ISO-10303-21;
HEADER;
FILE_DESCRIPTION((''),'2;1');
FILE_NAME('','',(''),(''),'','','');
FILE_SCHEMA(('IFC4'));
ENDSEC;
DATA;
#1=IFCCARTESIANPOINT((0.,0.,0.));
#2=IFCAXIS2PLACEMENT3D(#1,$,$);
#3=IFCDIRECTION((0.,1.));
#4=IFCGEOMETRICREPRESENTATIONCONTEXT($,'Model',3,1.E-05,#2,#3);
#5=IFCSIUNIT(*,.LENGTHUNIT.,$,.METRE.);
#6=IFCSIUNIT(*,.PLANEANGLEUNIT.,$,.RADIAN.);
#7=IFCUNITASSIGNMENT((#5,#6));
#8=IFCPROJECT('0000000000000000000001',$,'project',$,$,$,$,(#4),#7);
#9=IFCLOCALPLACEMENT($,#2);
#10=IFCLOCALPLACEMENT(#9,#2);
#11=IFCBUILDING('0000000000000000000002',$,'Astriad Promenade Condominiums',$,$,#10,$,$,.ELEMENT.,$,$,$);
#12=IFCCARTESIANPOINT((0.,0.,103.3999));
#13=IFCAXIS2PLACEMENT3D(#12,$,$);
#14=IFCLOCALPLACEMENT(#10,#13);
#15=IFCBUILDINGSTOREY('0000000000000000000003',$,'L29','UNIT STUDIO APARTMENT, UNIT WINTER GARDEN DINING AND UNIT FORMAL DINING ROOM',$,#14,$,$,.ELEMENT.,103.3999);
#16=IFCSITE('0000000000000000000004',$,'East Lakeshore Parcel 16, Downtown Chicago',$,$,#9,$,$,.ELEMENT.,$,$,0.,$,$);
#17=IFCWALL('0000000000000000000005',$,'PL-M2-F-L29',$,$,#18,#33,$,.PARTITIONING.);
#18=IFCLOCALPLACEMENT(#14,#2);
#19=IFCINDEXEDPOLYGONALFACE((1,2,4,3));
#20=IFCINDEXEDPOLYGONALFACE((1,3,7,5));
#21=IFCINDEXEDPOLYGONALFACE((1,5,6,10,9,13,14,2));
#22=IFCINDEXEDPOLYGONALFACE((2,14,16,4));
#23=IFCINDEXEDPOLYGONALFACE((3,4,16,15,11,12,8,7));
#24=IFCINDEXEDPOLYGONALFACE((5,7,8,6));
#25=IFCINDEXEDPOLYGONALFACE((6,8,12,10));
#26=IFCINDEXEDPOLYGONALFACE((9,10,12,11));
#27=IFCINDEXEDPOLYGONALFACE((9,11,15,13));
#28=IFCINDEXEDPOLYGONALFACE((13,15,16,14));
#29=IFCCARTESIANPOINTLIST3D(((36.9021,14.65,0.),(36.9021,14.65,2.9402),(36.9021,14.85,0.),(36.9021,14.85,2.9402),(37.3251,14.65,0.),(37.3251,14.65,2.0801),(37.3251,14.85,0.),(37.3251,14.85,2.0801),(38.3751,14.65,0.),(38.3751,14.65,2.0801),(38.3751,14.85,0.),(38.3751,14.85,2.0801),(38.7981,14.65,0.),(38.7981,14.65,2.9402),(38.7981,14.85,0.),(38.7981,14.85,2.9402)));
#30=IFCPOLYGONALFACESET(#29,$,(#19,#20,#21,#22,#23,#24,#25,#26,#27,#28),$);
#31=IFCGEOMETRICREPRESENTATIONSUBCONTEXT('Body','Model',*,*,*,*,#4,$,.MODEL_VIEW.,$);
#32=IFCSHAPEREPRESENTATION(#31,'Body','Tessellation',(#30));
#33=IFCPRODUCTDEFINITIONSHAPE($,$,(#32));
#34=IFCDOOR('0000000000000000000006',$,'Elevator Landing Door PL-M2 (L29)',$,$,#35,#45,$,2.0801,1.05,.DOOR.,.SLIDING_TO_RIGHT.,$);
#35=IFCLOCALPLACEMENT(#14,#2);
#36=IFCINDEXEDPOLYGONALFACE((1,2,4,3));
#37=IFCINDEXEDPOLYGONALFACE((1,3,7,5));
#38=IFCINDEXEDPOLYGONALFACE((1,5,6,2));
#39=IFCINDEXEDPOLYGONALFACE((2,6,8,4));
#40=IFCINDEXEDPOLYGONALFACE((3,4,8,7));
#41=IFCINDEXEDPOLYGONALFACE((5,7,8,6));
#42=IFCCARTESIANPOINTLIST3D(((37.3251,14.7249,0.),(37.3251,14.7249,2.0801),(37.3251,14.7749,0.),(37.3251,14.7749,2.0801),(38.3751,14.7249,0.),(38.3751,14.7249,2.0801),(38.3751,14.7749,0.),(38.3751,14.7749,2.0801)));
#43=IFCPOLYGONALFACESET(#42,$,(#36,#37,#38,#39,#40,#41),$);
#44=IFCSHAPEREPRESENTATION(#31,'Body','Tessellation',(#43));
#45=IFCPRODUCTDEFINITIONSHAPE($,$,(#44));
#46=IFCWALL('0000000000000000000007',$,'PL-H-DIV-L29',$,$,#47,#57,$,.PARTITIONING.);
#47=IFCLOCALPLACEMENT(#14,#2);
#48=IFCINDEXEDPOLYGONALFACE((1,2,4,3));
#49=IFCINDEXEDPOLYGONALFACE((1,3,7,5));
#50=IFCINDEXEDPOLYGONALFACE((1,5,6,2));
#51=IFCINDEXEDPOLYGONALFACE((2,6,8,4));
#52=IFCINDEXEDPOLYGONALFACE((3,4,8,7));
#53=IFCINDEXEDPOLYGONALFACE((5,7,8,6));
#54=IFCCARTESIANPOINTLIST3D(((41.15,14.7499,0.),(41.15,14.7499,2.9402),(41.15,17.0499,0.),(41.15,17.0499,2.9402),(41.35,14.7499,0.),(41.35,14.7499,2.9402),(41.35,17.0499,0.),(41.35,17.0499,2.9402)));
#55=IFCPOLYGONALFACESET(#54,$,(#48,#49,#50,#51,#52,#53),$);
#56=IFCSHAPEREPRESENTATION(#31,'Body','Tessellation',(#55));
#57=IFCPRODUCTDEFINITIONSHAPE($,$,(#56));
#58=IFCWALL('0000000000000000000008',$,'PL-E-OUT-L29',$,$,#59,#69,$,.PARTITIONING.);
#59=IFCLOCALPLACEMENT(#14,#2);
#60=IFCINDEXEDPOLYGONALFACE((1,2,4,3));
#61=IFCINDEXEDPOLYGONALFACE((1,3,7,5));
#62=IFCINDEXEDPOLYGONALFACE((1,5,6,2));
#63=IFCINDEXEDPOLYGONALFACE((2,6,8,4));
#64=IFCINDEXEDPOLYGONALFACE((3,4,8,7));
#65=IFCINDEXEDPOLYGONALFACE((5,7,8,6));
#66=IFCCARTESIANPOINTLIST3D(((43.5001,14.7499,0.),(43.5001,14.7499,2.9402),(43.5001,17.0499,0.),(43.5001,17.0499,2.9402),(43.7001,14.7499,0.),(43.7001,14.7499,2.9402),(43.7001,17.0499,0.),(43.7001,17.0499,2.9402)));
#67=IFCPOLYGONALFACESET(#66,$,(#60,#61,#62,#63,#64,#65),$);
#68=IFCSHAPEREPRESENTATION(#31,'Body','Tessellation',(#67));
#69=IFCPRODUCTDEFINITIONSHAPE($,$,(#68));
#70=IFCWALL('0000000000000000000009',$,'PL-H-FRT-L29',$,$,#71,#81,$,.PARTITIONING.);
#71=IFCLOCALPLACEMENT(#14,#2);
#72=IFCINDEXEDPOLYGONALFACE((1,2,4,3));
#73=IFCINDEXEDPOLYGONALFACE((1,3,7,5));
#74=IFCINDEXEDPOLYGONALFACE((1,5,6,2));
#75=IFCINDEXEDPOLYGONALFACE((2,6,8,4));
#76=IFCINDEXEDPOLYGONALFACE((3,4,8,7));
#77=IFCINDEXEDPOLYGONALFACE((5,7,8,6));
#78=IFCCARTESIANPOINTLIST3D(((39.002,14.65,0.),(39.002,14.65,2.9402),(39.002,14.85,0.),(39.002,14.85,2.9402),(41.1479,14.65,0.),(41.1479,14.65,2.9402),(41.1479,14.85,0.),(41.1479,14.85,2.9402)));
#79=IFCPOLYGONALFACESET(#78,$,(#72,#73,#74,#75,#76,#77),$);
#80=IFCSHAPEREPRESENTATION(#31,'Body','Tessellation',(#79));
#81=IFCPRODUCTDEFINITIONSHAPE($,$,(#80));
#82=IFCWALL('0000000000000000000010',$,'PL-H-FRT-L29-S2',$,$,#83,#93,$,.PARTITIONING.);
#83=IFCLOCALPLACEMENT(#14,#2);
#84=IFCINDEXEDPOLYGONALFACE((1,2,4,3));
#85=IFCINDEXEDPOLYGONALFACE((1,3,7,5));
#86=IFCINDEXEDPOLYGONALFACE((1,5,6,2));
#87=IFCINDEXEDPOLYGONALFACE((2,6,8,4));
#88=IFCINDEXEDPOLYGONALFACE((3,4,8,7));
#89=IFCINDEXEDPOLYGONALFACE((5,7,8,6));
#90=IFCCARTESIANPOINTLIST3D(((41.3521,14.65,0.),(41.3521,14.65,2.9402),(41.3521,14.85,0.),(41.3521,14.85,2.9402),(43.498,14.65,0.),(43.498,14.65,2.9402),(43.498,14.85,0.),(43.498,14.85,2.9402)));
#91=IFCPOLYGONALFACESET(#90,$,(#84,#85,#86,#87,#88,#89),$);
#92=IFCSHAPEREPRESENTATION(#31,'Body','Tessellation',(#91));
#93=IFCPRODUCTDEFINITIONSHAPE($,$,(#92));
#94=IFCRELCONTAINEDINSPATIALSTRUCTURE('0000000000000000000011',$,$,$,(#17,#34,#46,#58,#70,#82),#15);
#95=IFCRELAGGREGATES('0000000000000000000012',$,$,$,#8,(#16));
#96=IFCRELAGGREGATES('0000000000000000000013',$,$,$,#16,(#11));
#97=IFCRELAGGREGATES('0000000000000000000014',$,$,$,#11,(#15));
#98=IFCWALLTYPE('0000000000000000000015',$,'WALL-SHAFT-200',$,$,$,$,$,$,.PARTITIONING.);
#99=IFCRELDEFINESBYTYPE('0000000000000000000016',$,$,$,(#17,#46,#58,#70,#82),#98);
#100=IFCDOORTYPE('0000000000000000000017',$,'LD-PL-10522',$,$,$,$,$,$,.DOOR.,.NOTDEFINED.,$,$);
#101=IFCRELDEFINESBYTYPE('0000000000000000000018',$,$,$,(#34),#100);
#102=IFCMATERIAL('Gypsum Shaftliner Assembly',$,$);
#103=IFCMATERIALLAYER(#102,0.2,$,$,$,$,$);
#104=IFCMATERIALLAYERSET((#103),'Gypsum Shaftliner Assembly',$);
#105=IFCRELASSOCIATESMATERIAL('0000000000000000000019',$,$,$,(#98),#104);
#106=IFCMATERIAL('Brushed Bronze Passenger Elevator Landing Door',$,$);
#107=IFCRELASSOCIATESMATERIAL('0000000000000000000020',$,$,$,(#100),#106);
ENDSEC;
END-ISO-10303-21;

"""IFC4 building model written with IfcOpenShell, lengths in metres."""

from ifc_helpers import new_model, si_unit, direction, frame, frame_2d, origin, place, context, subcontext, project, spatial, rectangle, extrude, source, transform, mapped, material, layer, layer_set, type_object, type_shapes, element, fill, save


model = new_model("IFC4")

# Units and contexts
model_context = context("Model", 3, precision=1e-05, world=origin(), true_north=direction((0.0, 1.0)))
body_context = subcontext(model_context, "Body", "Model", "MODEL_VIEW")
ifc_project = project(units=[si_unit("LENGTHUNIT", "METRE"), si_unit("PLANEANGLEUNIT", "RADIAN")], contexts=[model_context])

# Site, building, storey
site_placement = place(None, origin())
site = spatial("IfcSite", under=ifc_project, at=site_placement, Name="East Lakeshore Parcel 16, Downtown Chicago", CompositionType="ELEMENT", RefElevation=0.0)
building_placement = place(site_placement, origin())
building = spatial("IfcBuilding", under=site, at=building_placement, Name="Astriad Promenade Condominiums", CompositionType="ELEMENT")
storey_placement = place(building_placement, frame((0.0, 0.0, 103.3999)))
storey = spatial("IfcBuildingStorey", under=building, at=storey_placement, Name="L29", Description="UNIT STUDIO APARTMENT, UNIT WINTER GARDEN DINING AND UNIT FORMAL DINING ROOM", CompositionType="ELEMENT", Elevation=103.3999)

# Shared definitions
ifc_material_1 = material(Name="Gypsum Shaftliner Assembly")
ifc_layer_1 = layer(ifc_material_1, 0.2)
ifc_layer_set_1 = layer_set([ifc_layer_1], Name="Gypsum Shaftliner Assembly")
wall_type_1 = type_object("IfcWallType", Name="WALL-SHAFT-200", PredefinedType="PARTITIONING", material=ifc_layer_set_1)

# Wall, opening, door
wall_1_placement = place(storey_placement, frame((36.9021, 14.75, 0.0), z_axis=(0.0, 0.0, 1.0), x_axis=(1.0, 0.0, 0.0)))
wall_1 = element("IfcWall", 1, at=wall_1_placement, inside=storey, type_object=wall_type_1, Name="PL-M2-F-L29", PredefinedType="PARTITIONING", context=body_context, shape_type="SweptSolid", body=[
    extrude(rectangle(XDim=1.896, YDim=0.2, at=frame_2d((0.948, 0.0))), origin(), (0.0, 0.0, 1.0), 2.9402),
])
opening_1_placement = place(wall_1_placement, frame((0.4231, 0.0, 0.0)))
opening_1 = element("IfcOpeningElement", 2, at=opening_1_placement, cuts=wall_1, PredefinedType="OPENING", context=body_context, shape_type="SweptSolid", body=[
    extrude(rectangle(XDim=1.05, YDim=2.0801, at=frame_2d((0.5249, 1.04))), frame((0.0, 0.1099, 0.0), z_axis=(0.0, -1.0, 0.0), x_axis=(1.0, 0.0, 0.0)), (0.0, 0.0, 1.0), 0.22),
])
ifc_material_2 = material(Name="Brushed Bronze Passenger Elevator Landing Door")
door_type_1 = type_object("IfcDoorType", Name="LD-PL-10522", OperationType="NOTDEFINED", PredefinedType="DOOR", material=ifc_material_2)
shared_shape_1 = source(origin(), body_context, "Body", "SweptSolid", [
    extrude(rectangle(XDim=1.05, YDim=2.0801, at=frame_2d((0.5249, 1.04))), frame((0.0, 0.0249, 0.0), z_axis=(0.0, -1.0, 0.0), x_axis=(1.0, 0.0, 0.0)), (0.0, 0.0, 1.0), 0.05),
])
type_shapes(door_type_1, [shared_shape_1])
door_1_placement = place(opening_1_placement, origin())
door_1 = element("IfcDoor", 3, at=door_1_placement, inside=storey, type_object=door_type_1, Name="Elevator Landing Door PL-M2 (L29)", OperationType="SLIDING_TO_RIGHT", OverallHeight=2.0801, OverallWidth=1.05, PredefinedType="DOOR", context=body_context, shape_type="MappedRepresentation", body=[
    mapped(shared_shape_1, transform((0.0, 0.0, 0.0), scale=1.0)),
])
fill(opening_1, door_1)

# Walls
for number, where, z_axis, x_axis, name in (
    (4, (41.25, 14.75, 0.0), (0.0, 0.0, 1.0), (0.0, 1.0, 0.0), "PL-H-DIV-L29"),
    (5, (43.6001, 14.75, 0.0), (0.0, 0.0, 1.0), (0.0, 1.0, 0.0), "PL-E-OUT-L29"),
):
    element("IfcWall", number, at=place(storey_placement, frame(where, z_axis=z_axis, x_axis=x_axis)), inside=storey, type_object=wall_type_1, Name=name, PredefinedType="PARTITIONING", context=body_context, shape_type="SweptSolid", body=[
        extrude(rectangle(XDim=2.3, YDim=0.2, at=frame_2d((1.1499, 0.0))), origin(), (0.0, 0.0, 1.0), 2.9402),
    ])
for number, where, z_axis, x_axis, name in (
    (6, (39.002, 14.75, 0.0), (0.0, 0.0, 1.0), (1.0, 0.0, 0.0), "PL-H-FRT-L29"),
    (7, (41.3521, 14.75, 0.0), (0.0, 0.0, 1.0), (1.0, 0.0, 0.0), "PL-H-FRT-L29-S2"),
):
    element("IfcWall", number, at=place(storey_placement, frame(where, z_axis=z_axis, x_axis=x_axis)), inside=storey, type_object=wall_type_1, Name=name, PredefinedType="PARTITIONING", context=body_context, shape_type="SweptSolid", body=[
        extrude(rectangle(XDim=2.146, YDim=0.2, at=frame_2d((1.073, 0.0))), origin(), (0.0, 0.0, 1.0), 2.9402),
    ])

save(model, "model.ifc")
